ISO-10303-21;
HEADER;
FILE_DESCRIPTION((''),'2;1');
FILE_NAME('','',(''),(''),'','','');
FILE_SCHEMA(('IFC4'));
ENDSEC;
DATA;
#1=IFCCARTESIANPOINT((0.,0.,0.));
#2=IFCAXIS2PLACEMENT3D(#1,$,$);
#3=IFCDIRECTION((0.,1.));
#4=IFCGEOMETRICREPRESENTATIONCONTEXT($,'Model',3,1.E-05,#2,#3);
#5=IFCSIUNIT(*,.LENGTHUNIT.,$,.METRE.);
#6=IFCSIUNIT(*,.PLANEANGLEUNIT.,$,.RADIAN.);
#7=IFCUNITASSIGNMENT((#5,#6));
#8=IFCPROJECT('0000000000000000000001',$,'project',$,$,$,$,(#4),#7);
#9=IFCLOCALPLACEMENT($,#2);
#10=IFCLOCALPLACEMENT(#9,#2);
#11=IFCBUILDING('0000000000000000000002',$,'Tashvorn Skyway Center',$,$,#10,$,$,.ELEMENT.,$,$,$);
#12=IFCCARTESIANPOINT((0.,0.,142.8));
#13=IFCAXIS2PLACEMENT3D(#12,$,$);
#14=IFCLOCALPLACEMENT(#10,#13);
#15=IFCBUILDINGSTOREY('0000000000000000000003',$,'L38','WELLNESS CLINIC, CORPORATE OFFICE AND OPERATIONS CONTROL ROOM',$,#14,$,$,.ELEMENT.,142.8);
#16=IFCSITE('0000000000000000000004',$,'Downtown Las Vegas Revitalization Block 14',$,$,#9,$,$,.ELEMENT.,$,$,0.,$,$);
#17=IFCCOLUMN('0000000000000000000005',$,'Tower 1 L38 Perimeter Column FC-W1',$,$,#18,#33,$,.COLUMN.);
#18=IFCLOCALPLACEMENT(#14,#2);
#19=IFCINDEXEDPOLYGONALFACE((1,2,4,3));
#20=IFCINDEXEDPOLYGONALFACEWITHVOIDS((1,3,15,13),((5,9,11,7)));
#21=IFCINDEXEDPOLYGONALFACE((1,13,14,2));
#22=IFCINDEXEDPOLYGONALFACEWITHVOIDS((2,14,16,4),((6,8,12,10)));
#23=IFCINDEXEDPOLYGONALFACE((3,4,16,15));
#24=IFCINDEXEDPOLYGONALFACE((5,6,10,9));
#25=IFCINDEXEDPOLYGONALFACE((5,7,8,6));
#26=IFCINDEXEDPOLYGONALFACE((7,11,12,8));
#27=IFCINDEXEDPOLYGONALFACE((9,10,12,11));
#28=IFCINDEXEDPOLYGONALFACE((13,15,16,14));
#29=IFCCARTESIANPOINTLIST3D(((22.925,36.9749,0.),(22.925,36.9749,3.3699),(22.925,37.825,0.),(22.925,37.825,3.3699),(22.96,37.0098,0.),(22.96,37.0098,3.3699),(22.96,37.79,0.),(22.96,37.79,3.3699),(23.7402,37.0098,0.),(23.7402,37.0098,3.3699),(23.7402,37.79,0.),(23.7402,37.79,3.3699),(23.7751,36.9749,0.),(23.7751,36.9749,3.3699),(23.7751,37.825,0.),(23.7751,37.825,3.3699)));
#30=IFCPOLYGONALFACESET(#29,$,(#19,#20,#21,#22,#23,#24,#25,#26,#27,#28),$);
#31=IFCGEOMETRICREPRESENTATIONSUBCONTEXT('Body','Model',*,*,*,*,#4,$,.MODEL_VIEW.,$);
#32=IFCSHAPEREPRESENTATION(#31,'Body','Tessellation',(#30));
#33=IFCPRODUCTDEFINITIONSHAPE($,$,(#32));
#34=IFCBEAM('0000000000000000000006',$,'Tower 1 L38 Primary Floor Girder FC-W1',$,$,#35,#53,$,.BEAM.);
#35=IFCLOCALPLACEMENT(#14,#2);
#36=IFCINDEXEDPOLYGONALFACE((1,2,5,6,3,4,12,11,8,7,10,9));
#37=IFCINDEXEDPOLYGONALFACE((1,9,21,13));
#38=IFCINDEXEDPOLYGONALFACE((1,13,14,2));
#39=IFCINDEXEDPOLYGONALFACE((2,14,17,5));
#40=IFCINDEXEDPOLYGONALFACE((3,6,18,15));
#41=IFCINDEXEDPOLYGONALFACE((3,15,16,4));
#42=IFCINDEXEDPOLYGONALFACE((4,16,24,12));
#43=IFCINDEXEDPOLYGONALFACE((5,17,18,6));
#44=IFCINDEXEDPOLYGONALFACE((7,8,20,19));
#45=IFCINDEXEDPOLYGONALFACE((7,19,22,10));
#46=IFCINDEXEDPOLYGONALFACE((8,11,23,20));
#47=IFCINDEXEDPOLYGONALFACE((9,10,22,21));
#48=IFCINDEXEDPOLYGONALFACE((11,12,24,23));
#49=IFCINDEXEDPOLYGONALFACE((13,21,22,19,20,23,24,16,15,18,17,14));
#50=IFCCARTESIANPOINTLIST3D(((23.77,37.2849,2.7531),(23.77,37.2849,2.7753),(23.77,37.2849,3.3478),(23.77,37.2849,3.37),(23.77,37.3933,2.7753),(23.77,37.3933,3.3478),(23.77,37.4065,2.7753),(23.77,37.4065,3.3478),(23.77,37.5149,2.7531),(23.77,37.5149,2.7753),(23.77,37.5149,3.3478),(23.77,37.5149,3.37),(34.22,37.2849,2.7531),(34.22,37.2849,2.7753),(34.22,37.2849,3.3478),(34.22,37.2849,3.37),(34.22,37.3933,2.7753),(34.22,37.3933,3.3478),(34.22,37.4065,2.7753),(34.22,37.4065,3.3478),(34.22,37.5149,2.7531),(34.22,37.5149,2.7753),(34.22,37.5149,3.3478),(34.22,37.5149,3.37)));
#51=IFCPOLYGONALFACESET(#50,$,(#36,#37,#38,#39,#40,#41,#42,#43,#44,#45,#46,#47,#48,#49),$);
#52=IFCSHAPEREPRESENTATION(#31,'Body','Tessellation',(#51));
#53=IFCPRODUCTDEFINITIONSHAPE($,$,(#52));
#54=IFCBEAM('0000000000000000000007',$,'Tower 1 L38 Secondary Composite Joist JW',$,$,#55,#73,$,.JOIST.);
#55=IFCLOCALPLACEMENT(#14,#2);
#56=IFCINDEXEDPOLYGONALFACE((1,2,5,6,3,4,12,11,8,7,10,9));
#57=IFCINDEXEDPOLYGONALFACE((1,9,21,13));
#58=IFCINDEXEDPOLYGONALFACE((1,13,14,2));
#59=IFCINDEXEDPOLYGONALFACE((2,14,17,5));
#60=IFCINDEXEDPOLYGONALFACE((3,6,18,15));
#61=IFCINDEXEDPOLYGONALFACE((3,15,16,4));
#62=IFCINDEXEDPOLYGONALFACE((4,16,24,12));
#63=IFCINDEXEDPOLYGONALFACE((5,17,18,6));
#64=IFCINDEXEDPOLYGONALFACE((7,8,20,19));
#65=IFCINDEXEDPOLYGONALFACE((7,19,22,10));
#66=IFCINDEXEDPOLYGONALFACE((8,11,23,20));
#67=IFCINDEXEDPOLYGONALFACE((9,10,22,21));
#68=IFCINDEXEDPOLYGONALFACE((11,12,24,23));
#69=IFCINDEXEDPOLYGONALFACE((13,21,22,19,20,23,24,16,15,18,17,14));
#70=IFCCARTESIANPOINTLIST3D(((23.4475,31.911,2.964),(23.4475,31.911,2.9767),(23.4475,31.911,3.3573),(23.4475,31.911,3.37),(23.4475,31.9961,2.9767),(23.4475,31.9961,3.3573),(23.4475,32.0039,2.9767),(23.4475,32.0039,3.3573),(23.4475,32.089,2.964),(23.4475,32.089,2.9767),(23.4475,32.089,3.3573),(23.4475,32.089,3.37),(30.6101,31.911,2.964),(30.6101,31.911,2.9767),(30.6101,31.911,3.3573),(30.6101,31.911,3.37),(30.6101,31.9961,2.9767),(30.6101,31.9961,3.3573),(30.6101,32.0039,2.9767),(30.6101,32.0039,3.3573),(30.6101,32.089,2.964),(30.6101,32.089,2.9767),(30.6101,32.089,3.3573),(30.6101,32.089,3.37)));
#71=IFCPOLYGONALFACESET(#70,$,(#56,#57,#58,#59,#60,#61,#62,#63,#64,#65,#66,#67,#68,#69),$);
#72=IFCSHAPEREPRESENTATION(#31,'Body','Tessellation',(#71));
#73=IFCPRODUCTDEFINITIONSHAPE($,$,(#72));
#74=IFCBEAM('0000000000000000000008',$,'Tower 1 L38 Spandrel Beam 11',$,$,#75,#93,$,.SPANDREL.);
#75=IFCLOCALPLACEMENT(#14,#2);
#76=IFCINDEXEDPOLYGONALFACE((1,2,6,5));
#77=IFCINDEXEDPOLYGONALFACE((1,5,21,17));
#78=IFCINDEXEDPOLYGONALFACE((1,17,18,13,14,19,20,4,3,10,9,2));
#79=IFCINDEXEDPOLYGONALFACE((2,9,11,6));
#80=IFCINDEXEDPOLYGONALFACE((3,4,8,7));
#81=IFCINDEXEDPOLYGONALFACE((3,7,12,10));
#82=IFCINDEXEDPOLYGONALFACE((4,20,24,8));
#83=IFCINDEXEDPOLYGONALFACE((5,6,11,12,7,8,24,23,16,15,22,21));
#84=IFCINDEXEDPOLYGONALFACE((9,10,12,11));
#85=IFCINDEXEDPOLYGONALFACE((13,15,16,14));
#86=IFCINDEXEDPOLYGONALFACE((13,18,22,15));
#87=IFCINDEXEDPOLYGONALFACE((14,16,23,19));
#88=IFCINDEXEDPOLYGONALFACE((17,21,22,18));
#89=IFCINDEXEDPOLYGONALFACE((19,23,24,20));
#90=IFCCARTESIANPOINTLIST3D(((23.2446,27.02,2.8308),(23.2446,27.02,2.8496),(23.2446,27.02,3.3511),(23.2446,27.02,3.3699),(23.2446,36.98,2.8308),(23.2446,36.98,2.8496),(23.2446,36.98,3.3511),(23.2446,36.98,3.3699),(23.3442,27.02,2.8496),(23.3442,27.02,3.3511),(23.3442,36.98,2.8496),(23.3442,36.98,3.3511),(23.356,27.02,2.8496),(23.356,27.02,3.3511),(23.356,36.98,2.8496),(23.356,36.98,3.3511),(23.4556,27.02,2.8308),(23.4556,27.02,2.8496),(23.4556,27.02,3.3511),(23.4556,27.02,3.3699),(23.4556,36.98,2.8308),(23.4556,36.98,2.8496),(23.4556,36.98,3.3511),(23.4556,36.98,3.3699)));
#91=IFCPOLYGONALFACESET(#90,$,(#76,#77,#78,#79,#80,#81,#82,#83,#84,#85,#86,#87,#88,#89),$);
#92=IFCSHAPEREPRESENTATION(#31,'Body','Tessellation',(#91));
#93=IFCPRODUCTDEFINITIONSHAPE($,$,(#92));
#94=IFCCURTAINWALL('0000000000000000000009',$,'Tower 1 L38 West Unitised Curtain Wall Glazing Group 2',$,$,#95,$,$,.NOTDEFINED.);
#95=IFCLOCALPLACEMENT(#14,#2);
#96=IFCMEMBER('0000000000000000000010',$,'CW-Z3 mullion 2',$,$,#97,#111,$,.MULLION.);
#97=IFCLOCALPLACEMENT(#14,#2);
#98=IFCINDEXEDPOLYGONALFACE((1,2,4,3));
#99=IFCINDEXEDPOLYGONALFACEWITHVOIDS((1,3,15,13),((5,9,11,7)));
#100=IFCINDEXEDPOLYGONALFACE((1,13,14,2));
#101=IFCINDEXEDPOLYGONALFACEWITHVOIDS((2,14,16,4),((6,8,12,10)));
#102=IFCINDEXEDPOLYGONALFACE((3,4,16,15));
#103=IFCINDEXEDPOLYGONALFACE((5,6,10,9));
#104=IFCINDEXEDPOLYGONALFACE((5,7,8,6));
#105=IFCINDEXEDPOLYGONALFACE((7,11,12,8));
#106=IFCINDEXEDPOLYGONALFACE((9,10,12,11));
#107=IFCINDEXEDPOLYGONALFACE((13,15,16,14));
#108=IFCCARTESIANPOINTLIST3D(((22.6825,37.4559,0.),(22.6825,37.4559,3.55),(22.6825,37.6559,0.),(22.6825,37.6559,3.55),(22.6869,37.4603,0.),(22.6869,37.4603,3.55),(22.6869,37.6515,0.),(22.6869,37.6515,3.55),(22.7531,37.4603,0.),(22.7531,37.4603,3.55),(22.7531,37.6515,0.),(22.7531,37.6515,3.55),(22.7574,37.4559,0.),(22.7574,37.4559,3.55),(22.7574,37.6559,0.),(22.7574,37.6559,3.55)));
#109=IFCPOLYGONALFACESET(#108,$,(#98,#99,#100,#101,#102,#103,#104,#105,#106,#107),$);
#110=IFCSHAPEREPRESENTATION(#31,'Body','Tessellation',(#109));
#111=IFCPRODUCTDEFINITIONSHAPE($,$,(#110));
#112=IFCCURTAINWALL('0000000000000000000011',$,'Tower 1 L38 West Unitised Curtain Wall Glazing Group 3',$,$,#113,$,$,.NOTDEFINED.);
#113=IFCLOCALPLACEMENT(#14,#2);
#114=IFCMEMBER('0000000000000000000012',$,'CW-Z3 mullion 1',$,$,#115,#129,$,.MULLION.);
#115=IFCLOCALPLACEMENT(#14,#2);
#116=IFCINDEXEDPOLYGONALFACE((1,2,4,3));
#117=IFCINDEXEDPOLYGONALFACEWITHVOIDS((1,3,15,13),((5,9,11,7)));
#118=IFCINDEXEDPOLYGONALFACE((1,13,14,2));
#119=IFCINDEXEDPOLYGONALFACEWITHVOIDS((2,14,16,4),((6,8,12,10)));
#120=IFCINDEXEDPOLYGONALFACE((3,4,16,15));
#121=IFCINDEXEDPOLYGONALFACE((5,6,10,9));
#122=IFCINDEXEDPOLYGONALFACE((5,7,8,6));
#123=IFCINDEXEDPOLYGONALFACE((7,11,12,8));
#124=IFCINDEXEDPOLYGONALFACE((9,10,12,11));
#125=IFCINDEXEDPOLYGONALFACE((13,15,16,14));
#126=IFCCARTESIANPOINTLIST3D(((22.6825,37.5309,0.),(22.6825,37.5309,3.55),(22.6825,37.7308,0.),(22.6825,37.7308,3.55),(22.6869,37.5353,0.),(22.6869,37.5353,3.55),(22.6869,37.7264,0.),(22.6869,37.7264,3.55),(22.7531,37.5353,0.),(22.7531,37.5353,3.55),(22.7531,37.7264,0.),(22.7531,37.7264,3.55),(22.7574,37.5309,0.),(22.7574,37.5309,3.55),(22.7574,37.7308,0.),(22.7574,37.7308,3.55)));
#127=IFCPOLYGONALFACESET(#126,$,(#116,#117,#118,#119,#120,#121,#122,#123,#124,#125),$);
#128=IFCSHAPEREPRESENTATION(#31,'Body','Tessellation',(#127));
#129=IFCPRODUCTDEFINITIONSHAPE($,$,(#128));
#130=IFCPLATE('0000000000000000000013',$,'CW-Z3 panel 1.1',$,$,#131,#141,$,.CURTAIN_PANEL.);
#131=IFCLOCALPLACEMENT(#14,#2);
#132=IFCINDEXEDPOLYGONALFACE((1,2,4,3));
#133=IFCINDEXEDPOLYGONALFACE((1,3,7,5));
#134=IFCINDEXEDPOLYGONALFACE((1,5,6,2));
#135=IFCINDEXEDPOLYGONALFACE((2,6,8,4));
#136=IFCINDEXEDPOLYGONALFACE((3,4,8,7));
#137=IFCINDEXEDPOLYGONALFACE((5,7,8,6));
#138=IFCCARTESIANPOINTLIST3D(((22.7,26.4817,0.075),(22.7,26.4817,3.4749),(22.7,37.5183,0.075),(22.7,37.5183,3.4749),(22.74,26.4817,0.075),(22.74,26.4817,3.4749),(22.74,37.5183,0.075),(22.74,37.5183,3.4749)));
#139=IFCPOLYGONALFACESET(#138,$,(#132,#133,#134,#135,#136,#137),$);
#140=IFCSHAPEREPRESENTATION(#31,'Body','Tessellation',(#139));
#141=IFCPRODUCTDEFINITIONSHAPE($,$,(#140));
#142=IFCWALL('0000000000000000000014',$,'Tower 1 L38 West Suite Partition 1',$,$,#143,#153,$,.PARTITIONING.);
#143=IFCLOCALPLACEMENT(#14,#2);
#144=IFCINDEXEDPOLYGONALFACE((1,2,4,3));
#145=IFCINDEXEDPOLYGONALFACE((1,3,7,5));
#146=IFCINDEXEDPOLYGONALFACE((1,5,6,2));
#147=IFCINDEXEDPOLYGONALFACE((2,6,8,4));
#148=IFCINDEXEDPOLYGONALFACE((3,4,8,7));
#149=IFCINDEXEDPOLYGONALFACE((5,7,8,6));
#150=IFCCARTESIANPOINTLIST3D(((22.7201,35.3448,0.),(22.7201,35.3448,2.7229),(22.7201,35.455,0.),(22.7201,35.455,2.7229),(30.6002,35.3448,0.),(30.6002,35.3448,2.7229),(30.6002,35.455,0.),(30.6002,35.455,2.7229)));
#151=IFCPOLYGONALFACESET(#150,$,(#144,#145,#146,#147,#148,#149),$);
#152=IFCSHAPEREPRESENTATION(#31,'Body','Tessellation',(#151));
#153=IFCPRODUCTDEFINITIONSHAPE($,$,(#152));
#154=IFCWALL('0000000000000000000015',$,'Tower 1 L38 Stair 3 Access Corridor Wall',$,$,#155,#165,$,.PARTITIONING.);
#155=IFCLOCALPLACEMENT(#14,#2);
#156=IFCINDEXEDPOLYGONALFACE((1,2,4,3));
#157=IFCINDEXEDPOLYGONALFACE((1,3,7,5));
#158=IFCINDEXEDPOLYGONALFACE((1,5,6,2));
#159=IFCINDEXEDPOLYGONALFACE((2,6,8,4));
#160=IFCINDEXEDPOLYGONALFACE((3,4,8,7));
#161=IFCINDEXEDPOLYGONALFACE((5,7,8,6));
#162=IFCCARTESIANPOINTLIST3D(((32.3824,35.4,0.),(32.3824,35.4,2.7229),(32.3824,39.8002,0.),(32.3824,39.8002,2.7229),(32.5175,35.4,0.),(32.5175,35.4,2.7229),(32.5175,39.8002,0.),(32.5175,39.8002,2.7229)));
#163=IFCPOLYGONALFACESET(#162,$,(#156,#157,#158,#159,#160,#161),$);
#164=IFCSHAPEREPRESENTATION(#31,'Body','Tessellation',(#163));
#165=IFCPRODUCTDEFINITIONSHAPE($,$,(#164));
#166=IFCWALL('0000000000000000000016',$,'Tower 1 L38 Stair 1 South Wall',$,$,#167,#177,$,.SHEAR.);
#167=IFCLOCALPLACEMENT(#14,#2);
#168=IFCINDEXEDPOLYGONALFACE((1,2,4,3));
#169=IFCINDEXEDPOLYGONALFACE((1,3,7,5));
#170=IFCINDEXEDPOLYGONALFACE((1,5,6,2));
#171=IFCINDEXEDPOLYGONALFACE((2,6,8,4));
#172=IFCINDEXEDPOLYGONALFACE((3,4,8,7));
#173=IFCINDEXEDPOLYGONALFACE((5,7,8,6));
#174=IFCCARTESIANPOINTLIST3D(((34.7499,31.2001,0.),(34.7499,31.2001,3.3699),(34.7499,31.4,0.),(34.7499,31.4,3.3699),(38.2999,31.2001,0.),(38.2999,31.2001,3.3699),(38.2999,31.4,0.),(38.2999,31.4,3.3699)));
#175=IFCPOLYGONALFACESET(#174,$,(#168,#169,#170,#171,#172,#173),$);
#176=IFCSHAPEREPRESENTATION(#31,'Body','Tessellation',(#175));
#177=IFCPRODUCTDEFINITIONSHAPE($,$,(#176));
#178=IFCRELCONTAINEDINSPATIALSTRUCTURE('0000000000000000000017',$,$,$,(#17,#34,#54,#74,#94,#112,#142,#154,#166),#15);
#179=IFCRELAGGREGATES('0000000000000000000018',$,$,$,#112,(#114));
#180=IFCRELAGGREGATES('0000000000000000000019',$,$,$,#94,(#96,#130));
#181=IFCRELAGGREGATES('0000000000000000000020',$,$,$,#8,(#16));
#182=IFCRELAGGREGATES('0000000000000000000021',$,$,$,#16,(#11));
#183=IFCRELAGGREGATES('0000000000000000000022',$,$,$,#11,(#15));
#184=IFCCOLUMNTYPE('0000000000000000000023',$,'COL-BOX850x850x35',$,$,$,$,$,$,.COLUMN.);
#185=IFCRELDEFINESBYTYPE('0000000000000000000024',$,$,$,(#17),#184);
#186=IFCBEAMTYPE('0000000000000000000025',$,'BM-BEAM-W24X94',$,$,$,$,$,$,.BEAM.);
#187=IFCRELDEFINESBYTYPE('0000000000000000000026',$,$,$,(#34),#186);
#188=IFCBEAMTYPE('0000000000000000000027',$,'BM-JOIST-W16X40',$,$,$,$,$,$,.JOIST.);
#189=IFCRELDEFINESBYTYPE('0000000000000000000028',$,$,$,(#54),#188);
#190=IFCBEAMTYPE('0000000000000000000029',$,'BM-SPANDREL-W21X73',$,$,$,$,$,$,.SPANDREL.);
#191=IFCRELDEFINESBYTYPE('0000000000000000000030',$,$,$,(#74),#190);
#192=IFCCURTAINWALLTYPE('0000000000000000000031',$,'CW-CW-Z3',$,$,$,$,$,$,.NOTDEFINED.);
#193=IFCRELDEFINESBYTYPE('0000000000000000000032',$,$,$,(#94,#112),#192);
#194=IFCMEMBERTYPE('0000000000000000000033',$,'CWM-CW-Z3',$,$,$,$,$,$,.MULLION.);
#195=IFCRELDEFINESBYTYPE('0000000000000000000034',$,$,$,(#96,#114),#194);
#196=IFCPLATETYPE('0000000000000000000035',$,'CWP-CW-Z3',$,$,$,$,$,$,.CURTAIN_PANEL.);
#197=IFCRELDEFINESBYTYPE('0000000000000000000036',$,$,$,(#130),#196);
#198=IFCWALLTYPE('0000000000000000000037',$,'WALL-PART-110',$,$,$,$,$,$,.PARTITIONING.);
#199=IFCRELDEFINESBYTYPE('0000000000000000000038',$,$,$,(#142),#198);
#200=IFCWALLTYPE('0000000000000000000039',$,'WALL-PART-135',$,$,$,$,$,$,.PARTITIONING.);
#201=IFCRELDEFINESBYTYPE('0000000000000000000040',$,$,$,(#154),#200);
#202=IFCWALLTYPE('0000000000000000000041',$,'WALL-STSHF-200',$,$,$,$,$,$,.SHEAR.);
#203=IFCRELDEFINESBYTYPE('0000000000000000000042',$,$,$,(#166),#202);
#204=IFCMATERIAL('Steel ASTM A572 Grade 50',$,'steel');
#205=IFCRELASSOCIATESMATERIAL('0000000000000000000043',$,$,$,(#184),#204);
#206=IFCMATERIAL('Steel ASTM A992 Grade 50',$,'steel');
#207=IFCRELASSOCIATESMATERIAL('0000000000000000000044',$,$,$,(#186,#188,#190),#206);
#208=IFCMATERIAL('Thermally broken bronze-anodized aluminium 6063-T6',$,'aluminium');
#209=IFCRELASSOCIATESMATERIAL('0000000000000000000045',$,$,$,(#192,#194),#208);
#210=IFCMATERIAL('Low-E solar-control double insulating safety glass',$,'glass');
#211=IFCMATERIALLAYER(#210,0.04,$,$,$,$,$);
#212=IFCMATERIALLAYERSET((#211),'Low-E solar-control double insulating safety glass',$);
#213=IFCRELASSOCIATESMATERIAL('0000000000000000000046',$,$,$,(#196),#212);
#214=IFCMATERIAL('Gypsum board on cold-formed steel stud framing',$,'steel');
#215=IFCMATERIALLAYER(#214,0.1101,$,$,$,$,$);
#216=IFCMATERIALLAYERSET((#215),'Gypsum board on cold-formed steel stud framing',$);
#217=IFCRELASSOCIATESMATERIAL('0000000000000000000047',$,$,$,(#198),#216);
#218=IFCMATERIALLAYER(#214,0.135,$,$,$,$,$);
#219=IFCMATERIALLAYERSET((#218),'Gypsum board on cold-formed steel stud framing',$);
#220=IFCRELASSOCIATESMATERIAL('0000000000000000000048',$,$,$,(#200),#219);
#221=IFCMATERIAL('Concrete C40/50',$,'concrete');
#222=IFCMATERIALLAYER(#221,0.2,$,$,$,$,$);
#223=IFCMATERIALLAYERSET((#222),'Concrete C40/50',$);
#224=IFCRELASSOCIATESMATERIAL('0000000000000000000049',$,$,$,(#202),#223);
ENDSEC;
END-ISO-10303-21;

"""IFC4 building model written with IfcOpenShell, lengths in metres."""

from ifc_helpers import new_model, si_unit, direction, frame, frame_2d, origin, origin_2d, place, context, subcontext, project, spatial, rectangle, hollow_rectangle, i_section, extrude, material, layer, layer_set, material_profile, profile_set, type_object, element, aggregate, save


model = new_model("IFC4")

# Units and contexts
model_context = context("Model", 3, precision=1e-05, world=origin(), true_north=direction((0.0, 1.0)))
body_context = subcontext(model_context, "Body", "Model", "MODEL_VIEW")
ifc_project = project(units=[si_unit("LENGTHUNIT", "METRE"), si_unit("PLANEANGLEUNIT", "RADIAN")], contexts=[model_context])

# Site, building, storey
site_placement = place(None, origin())
site = spatial("IfcSite", under=ifc_project, at=site_placement, Name="Downtown Las Vegas Revitalization Block 14", CompositionType="ELEMENT", RefElevation=0.0)
building_placement = place(site_placement, origin())
building = spatial("IfcBuilding", under=site, at=building_placement, Name="Tashvorn Skyway Center", CompositionType="ELEMENT")
storey_placement = place(building_placement, frame((0.0, 0.0, 142.8)))
storey = spatial("IfcBuildingStorey", under=building, at=storey_placement, Name="L38", Description="WELLNESS CLINIC, CORPORATE OFFICE AND OPERATIONS CONTROL ROOM", CompositionType="ELEMENT", Elevation=142.8)

# Column
ifc_material_1 = material(Name="Steel ASTM A572 Grade 50", Category="steel")
ifc_material_profile_1 = material_profile(ifc_material_1, hollow_rectangle(XDim=0.8501, YDim=0.8501, WallThickness=0.0349, at=origin_2d()), Name="BOX850x850x35")
ifc_profile_set_1 = profile_set([ifc_material_profile_1], Name="Steel ASTM A572 Grade 50")
column_type = type_object("IfcColumnType", Name="COL-BOX850x850x35", PredefinedType="COLUMN", material=ifc_profile_set_1)
column_placement = place(storey_placement, frame((23.3501, 37.3999, 0.0), z_axis=(0.0, 0.0, 1.0), x_axis=(1.0, 0.0, 0.0)))
element("IfcColumn", 1, at=column_placement, inside=storey, type_object=column_type, Name="Tower 1 L38 Perimeter Column FC-W1", PredefinedType="COLUMN", context=body_context, shape_type="SweptSolid", body=[
    extrude(hollow_rectangle(XDim=0.8501, YDim=0.8501, WallThickness=0.0349, at=origin_2d()), origin(), (0.0, 0.0, 1.0), 3.3699),
])

# Beams
ifc_material_2 = material(Name="Steel ASTM A992 Grade 50", Category="steel")
ifc_material_profile_2 = material_profile(ifc_material_2, i_section(OverallWidth=0.23, OverallDepth=0.6169, WebThickness=0.0132, FlangeThickness=0.0222, at=origin_2d()), Name="W24X94")
ifc_profile_set_2 = profile_set([ifc_material_profile_2], Name="Steel ASTM A992 Grade 50")
beam_type_1 = type_object("IfcBeamType", Name="BM-BEAM-W24X94", PredefinedType="BEAM", material=ifc_profile_set_2)
beam_1_placement = place(storey_placement, frame((23.77, 37.3999, 3.0615), z_axis=(1.0, 0.0, 0.0), x_axis=(0.0, 1.0, 0.0)))
element("IfcBeam", 2, at=beam_1_placement, inside=storey, type_object=beam_type_1, Name="Tower 1 L38 Primary Floor Girder FC-W1", PredefinedType="BEAM", context=body_context, shape_type="SweptSolid", body=[
    extrude(i_section(OverallWidth=0.23, OverallDepth=0.6169, WebThickness=0.0132, FlangeThickness=0.0222, at=origin_2d()), origin(), (0.0, 0.0, 1.0), 10.45),
])
ifc_material_profile_3 = material_profile(ifc_material_2, i_section(OverallWidth=0.178, OverallDepth=0.406, WebThickness=0.0078, FlangeThickness=0.0127, at=origin_2d()), Name="W16X40")
ifc_profile_set_3 = profile_set([ifc_material_profile_3], Name="Steel ASTM A992 Grade 50")
beam_type_2 = type_object("IfcBeamType", Name="BM-JOIST-W16X40", PredefinedType="JOIST", material=ifc_profile_set_3)
beam_2_placement = place(storey_placement, frame((30.6101, 32.0, 3.167), z_axis=(-1.0, 0.0, 0.0), x_axis=(0.0, -1.0, 0.0)))
element("IfcBeam", 3, at=beam_2_placement, inside=storey, type_object=beam_type_2, Name="Tower 1 L38 Secondary Composite Joist JW", PredefinedType="JOIST", context=body_context, shape_type="SweptSolid", body=[
    extrude(i_section(OverallWidth=0.178, OverallDepth=0.406, WebThickness=0.0078, FlangeThickness=0.0127, at=origin_2d()), origin(), (0.0, 0.0, 1.0), 7.1626),
])
ifc_material_profile_4 = material_profile(ifc_material_2, i_section(OverallWidth=0.2109, OverallDepth=0.5391, WebThickness=0.0117, FlangeThickness=0.0188, at=origin_2d()), Name="W21X73")
ifc_profile_set_4 = profile_set([ifc_material_profile_4], Name="Steel ASTM A992 Grade 50")
beam_type_3 = type_object("IfcBeamType", Name="BM-SPANDREL-W21X73", PredefinedType="SPANDREL", material=ifc_profile_set_4)
beam_3_placement = place(storey_placement, frame((23.3501, 36.98, 3.1003), z_axis=(0.0, -1.0, 0.0), x_axis=(1.0, 0.0, 0.0)))
element("IfcBeam", 4, at=beam_3_placement, inside=storey, type_object=beam_type_3, Name="Tower 1 L38 Spandrel Beam 11", PredefinedType="SPANDREL", context=body_context, shape_type="SweptSolid", body=[
    extrude(i_section(OverallWidth=0.2109, OverallDepth=0.5391, WebThickness=0.0117, FlangeThickness=0.0188, at=origin_2d()), origin(), (0.0, 0.0, 1.0), 9.96),
])

# Curtain walls, members
ifc_material_3 = material(Name="Thermally broken bronze-anodized aluminium 6063-T6", Category="aluminium")
curtain_wall_type = type_object("IfcCurtainWallType", Name="CW-CW-Z3", PredefinedType="NOTDEFINED", material=ifc_material_3)
curtain_wall_1_placement = place(storey_placement, origin())
curtain_wall_1 = element("IfcCurtainWall", 5, at=curtain_wall_1_placement, inside=storey, type_object=curtain_wall_type, Name="Tower 1 L38 West Unitised Curtain Wall Glazing Group 2", PredefinedType="NOTDEFINED")
ifc_material_profile_5 = material_profile(ifc_material_3, hollow_rectangle(XDim=0.075, YDim=0.2, WallThickness=0.0044, at=origin_2d()), Name="ALU-MULL-75x200")
ifc_profile_set_5 = profile_set([ifc_material_profile_5], Name="Thermally broken bronze-anodized aluminium 6063-T6")
member_type = type_object("IfcMemberType", Name="CWM-CW-Z3", PredefinedType="MULLION", material=ifc_profile_set_5)
member_1_placement = place(storey_placement, frame((22.72, 37.5559, 0.0), z_axis=(0.0, 0.0, 1.0), x_axis=(-1.0, 0.0, 0.0)))
member_1 = element("IfcMember", 6, at=member_1_placement, type_object=member_type, Name="CW-Z3 mullion 2", PredefinedType="MULLION", context=body_context, shape_type="SweptSolid", body=[
    extrude(hollow_rectangle(XDim=0.075, YDim=0.2, WallThickness=0.0044, at=origin_2d()), origin(), (0.0, 0.0, 1.0), 3.55),
])
curtain_wall_2_placement = place(storey_placement, origin())
curtain_wall_2 = element("IfcCurtainWall", 7, at=curtain_wall_2_placement, inside=storey, type_object=curtain_wall_type, Name="Tower 1 L38 West Unitised Curtain Wall Glazing Group 3", PredefinedType="NOTDEFINED")
member_2_placement = place(storey_placement, frame((22.72, 37.6309, 0.0), z_axis=(0.0, 0.0, 1.0), x_axis=(-1.0, 0.0, 0.0)))
member_2 = element("IfcMember", 8, at=member_2_placement, type_object=member_type, Name="CW-Z3 mullion 1", PredefinedType="MULLION", context=body_context, shape_type="SweptSolid", body=[
    extrude(hollow_rectangle(XDim=0.075, YDim=0.2, WallThickness=0.0044, at=origin_2d()), origin(), (0.0, 0.0, 1.0), 3.55),
])
aggregate(curtain_wall_2, [member_2])

# Plate
ifc_material_4 = material(Name="Low-E solar-control double insulating safety glass", Category="glass")
ifc_layer_1 = layer(ifc_material_4, 0.04)
ifc_layer_set_1 = layer_set([ifc_layer_1], Name="Low-E solar-control double insulating safety glass")
plate_type = type_object("IfcPlateType", Name="CWP-CW-Z3", PredefinedType="CURTAIN_PANEL", material=ifc_layer_set_1)
plate_placement = place(storey_placement, frame((22.72, 32.0, 0.075), z_axis=(0.0, 0.0, 1.0), x_axis=(0.0, 1.0, 0.0)))
plate = element("IfcPlate", 9, at=plate_placement, type_object=plate_type, Name="CW-Z3 panel 1.1", PredefinedType="CURTAIN_PANEL", context=body_context, shape_type="SweptSolid", body=[
    extrude(rectangle(XDim=11.0366, YDim=0.04, at=origin_2d()), origin(), (0.0, 0.0, 1.0), 3.3999),
])
aggregate(curtain_wall_1, [member_1, plate])

# Walls
ifc_material_5 = material(Name="Gypsum board on cold-formed steel stud framing", Category="steel")
ifc_layer_2 = layer(ifc_material_5, 0.1101)
ifc_layer_set_2 = layer_set([ifc_layer_2], Name="Gypsum board on cold-formed steel stud framing")
wall_type_1 = type_object("IfcWallType", Name="WALL-PART-110", PredefinedType="PARTITIONING", material=ifc_layer_set_2)
wall_1_placement = place(storey_placement, frame((30.6001, 35.3999, 0.0), z_axis=(0.0, 0.0, 1.0), x_axis=(-1.0, 0.0, 0.0)))
element("IfcWall", 10, at=wall_1_placement, inside=storey, type_object=wall_type_1, Name="Tower 1 L38 West Suite Partition 1", PredefinedType="PARTITIONING", context=body_context, shape_type="SweptSolid", body=[
    extrude(rectangle(XDim=7.8801, YDim=0.1101, at=frame_2d((3.9399, 0.0))), origin(), (0.0, 0.0, 1.0), 2.7229),
])
ifc_layer_3 = layer(ifc_material_5, 0.135)
ifc_layer_set_3 = layer_set([ifc_layer_3], Name="Gypsum board on cold-formed steel stud framing")
wall_type_2 = type_object("IfcWallType", Name="WALL-PART-135", PredefinedType="PARTITIONING", material=ifc_layer_set_3)
wall_2_placement = place(storey_placement, frame((32.45, 35.3999, 0.0), z_axis=(0.0, 0.0, 1.0), x_axis=(0.0, 1.0, 0.0)))
element("IfcWall", 11, at=wall_2_placement, inside=storey, type_object=wall_type_2, Name="Tower 1 L38 Stair 3 Access Corridor Wall", PredefinedType="PARTITIONING", context=body_context, shape_type="SweptSolid", body=[
    extrude(rectangle(XDim=4.4001, YDim=0.135, at=frame_2d((2.2002, 0.0))), origin(), (0.0, 0.0, 1.0), 2.7229),
])
ifc_material_6 = material(Name="Concrete C40/50", Category="concrete")
ifc_layer_4 = layer(ifc_material_6, 0.2)
ifc_layer_set_4 = layer_set([ifc_layer_4], Name="Concrete C40/50")
wall_type_3 = type_object("IfcWallType", Name="WALL-STSHF-200", PredefinedType="SHEAR", material=ifc_layer_set_4)
wall_3_placement = place(storey_placement, frame((34.75, 31.3, 0.0), z_axis=(0.0, 0.0, 1.0), x_axis=(1.0, 0.0, 0.0)))
element("IfcWall", 12, at=wall_3_placement, inside=storey, type_object=wall_type_3, Name="Tower 1 L38 Stair 1 South Wall", PredefinedType="SHEAR", context=body_context, shape_type="SweptSolid", body=[
    extrude(rectangle(XDim=3.55, YDim=0.2, at=frame_2d((1.7749, 0.0))), origin(), (0.0, 0.0, 1.0), 3.3699),
])

save(model, "model.ifc")
